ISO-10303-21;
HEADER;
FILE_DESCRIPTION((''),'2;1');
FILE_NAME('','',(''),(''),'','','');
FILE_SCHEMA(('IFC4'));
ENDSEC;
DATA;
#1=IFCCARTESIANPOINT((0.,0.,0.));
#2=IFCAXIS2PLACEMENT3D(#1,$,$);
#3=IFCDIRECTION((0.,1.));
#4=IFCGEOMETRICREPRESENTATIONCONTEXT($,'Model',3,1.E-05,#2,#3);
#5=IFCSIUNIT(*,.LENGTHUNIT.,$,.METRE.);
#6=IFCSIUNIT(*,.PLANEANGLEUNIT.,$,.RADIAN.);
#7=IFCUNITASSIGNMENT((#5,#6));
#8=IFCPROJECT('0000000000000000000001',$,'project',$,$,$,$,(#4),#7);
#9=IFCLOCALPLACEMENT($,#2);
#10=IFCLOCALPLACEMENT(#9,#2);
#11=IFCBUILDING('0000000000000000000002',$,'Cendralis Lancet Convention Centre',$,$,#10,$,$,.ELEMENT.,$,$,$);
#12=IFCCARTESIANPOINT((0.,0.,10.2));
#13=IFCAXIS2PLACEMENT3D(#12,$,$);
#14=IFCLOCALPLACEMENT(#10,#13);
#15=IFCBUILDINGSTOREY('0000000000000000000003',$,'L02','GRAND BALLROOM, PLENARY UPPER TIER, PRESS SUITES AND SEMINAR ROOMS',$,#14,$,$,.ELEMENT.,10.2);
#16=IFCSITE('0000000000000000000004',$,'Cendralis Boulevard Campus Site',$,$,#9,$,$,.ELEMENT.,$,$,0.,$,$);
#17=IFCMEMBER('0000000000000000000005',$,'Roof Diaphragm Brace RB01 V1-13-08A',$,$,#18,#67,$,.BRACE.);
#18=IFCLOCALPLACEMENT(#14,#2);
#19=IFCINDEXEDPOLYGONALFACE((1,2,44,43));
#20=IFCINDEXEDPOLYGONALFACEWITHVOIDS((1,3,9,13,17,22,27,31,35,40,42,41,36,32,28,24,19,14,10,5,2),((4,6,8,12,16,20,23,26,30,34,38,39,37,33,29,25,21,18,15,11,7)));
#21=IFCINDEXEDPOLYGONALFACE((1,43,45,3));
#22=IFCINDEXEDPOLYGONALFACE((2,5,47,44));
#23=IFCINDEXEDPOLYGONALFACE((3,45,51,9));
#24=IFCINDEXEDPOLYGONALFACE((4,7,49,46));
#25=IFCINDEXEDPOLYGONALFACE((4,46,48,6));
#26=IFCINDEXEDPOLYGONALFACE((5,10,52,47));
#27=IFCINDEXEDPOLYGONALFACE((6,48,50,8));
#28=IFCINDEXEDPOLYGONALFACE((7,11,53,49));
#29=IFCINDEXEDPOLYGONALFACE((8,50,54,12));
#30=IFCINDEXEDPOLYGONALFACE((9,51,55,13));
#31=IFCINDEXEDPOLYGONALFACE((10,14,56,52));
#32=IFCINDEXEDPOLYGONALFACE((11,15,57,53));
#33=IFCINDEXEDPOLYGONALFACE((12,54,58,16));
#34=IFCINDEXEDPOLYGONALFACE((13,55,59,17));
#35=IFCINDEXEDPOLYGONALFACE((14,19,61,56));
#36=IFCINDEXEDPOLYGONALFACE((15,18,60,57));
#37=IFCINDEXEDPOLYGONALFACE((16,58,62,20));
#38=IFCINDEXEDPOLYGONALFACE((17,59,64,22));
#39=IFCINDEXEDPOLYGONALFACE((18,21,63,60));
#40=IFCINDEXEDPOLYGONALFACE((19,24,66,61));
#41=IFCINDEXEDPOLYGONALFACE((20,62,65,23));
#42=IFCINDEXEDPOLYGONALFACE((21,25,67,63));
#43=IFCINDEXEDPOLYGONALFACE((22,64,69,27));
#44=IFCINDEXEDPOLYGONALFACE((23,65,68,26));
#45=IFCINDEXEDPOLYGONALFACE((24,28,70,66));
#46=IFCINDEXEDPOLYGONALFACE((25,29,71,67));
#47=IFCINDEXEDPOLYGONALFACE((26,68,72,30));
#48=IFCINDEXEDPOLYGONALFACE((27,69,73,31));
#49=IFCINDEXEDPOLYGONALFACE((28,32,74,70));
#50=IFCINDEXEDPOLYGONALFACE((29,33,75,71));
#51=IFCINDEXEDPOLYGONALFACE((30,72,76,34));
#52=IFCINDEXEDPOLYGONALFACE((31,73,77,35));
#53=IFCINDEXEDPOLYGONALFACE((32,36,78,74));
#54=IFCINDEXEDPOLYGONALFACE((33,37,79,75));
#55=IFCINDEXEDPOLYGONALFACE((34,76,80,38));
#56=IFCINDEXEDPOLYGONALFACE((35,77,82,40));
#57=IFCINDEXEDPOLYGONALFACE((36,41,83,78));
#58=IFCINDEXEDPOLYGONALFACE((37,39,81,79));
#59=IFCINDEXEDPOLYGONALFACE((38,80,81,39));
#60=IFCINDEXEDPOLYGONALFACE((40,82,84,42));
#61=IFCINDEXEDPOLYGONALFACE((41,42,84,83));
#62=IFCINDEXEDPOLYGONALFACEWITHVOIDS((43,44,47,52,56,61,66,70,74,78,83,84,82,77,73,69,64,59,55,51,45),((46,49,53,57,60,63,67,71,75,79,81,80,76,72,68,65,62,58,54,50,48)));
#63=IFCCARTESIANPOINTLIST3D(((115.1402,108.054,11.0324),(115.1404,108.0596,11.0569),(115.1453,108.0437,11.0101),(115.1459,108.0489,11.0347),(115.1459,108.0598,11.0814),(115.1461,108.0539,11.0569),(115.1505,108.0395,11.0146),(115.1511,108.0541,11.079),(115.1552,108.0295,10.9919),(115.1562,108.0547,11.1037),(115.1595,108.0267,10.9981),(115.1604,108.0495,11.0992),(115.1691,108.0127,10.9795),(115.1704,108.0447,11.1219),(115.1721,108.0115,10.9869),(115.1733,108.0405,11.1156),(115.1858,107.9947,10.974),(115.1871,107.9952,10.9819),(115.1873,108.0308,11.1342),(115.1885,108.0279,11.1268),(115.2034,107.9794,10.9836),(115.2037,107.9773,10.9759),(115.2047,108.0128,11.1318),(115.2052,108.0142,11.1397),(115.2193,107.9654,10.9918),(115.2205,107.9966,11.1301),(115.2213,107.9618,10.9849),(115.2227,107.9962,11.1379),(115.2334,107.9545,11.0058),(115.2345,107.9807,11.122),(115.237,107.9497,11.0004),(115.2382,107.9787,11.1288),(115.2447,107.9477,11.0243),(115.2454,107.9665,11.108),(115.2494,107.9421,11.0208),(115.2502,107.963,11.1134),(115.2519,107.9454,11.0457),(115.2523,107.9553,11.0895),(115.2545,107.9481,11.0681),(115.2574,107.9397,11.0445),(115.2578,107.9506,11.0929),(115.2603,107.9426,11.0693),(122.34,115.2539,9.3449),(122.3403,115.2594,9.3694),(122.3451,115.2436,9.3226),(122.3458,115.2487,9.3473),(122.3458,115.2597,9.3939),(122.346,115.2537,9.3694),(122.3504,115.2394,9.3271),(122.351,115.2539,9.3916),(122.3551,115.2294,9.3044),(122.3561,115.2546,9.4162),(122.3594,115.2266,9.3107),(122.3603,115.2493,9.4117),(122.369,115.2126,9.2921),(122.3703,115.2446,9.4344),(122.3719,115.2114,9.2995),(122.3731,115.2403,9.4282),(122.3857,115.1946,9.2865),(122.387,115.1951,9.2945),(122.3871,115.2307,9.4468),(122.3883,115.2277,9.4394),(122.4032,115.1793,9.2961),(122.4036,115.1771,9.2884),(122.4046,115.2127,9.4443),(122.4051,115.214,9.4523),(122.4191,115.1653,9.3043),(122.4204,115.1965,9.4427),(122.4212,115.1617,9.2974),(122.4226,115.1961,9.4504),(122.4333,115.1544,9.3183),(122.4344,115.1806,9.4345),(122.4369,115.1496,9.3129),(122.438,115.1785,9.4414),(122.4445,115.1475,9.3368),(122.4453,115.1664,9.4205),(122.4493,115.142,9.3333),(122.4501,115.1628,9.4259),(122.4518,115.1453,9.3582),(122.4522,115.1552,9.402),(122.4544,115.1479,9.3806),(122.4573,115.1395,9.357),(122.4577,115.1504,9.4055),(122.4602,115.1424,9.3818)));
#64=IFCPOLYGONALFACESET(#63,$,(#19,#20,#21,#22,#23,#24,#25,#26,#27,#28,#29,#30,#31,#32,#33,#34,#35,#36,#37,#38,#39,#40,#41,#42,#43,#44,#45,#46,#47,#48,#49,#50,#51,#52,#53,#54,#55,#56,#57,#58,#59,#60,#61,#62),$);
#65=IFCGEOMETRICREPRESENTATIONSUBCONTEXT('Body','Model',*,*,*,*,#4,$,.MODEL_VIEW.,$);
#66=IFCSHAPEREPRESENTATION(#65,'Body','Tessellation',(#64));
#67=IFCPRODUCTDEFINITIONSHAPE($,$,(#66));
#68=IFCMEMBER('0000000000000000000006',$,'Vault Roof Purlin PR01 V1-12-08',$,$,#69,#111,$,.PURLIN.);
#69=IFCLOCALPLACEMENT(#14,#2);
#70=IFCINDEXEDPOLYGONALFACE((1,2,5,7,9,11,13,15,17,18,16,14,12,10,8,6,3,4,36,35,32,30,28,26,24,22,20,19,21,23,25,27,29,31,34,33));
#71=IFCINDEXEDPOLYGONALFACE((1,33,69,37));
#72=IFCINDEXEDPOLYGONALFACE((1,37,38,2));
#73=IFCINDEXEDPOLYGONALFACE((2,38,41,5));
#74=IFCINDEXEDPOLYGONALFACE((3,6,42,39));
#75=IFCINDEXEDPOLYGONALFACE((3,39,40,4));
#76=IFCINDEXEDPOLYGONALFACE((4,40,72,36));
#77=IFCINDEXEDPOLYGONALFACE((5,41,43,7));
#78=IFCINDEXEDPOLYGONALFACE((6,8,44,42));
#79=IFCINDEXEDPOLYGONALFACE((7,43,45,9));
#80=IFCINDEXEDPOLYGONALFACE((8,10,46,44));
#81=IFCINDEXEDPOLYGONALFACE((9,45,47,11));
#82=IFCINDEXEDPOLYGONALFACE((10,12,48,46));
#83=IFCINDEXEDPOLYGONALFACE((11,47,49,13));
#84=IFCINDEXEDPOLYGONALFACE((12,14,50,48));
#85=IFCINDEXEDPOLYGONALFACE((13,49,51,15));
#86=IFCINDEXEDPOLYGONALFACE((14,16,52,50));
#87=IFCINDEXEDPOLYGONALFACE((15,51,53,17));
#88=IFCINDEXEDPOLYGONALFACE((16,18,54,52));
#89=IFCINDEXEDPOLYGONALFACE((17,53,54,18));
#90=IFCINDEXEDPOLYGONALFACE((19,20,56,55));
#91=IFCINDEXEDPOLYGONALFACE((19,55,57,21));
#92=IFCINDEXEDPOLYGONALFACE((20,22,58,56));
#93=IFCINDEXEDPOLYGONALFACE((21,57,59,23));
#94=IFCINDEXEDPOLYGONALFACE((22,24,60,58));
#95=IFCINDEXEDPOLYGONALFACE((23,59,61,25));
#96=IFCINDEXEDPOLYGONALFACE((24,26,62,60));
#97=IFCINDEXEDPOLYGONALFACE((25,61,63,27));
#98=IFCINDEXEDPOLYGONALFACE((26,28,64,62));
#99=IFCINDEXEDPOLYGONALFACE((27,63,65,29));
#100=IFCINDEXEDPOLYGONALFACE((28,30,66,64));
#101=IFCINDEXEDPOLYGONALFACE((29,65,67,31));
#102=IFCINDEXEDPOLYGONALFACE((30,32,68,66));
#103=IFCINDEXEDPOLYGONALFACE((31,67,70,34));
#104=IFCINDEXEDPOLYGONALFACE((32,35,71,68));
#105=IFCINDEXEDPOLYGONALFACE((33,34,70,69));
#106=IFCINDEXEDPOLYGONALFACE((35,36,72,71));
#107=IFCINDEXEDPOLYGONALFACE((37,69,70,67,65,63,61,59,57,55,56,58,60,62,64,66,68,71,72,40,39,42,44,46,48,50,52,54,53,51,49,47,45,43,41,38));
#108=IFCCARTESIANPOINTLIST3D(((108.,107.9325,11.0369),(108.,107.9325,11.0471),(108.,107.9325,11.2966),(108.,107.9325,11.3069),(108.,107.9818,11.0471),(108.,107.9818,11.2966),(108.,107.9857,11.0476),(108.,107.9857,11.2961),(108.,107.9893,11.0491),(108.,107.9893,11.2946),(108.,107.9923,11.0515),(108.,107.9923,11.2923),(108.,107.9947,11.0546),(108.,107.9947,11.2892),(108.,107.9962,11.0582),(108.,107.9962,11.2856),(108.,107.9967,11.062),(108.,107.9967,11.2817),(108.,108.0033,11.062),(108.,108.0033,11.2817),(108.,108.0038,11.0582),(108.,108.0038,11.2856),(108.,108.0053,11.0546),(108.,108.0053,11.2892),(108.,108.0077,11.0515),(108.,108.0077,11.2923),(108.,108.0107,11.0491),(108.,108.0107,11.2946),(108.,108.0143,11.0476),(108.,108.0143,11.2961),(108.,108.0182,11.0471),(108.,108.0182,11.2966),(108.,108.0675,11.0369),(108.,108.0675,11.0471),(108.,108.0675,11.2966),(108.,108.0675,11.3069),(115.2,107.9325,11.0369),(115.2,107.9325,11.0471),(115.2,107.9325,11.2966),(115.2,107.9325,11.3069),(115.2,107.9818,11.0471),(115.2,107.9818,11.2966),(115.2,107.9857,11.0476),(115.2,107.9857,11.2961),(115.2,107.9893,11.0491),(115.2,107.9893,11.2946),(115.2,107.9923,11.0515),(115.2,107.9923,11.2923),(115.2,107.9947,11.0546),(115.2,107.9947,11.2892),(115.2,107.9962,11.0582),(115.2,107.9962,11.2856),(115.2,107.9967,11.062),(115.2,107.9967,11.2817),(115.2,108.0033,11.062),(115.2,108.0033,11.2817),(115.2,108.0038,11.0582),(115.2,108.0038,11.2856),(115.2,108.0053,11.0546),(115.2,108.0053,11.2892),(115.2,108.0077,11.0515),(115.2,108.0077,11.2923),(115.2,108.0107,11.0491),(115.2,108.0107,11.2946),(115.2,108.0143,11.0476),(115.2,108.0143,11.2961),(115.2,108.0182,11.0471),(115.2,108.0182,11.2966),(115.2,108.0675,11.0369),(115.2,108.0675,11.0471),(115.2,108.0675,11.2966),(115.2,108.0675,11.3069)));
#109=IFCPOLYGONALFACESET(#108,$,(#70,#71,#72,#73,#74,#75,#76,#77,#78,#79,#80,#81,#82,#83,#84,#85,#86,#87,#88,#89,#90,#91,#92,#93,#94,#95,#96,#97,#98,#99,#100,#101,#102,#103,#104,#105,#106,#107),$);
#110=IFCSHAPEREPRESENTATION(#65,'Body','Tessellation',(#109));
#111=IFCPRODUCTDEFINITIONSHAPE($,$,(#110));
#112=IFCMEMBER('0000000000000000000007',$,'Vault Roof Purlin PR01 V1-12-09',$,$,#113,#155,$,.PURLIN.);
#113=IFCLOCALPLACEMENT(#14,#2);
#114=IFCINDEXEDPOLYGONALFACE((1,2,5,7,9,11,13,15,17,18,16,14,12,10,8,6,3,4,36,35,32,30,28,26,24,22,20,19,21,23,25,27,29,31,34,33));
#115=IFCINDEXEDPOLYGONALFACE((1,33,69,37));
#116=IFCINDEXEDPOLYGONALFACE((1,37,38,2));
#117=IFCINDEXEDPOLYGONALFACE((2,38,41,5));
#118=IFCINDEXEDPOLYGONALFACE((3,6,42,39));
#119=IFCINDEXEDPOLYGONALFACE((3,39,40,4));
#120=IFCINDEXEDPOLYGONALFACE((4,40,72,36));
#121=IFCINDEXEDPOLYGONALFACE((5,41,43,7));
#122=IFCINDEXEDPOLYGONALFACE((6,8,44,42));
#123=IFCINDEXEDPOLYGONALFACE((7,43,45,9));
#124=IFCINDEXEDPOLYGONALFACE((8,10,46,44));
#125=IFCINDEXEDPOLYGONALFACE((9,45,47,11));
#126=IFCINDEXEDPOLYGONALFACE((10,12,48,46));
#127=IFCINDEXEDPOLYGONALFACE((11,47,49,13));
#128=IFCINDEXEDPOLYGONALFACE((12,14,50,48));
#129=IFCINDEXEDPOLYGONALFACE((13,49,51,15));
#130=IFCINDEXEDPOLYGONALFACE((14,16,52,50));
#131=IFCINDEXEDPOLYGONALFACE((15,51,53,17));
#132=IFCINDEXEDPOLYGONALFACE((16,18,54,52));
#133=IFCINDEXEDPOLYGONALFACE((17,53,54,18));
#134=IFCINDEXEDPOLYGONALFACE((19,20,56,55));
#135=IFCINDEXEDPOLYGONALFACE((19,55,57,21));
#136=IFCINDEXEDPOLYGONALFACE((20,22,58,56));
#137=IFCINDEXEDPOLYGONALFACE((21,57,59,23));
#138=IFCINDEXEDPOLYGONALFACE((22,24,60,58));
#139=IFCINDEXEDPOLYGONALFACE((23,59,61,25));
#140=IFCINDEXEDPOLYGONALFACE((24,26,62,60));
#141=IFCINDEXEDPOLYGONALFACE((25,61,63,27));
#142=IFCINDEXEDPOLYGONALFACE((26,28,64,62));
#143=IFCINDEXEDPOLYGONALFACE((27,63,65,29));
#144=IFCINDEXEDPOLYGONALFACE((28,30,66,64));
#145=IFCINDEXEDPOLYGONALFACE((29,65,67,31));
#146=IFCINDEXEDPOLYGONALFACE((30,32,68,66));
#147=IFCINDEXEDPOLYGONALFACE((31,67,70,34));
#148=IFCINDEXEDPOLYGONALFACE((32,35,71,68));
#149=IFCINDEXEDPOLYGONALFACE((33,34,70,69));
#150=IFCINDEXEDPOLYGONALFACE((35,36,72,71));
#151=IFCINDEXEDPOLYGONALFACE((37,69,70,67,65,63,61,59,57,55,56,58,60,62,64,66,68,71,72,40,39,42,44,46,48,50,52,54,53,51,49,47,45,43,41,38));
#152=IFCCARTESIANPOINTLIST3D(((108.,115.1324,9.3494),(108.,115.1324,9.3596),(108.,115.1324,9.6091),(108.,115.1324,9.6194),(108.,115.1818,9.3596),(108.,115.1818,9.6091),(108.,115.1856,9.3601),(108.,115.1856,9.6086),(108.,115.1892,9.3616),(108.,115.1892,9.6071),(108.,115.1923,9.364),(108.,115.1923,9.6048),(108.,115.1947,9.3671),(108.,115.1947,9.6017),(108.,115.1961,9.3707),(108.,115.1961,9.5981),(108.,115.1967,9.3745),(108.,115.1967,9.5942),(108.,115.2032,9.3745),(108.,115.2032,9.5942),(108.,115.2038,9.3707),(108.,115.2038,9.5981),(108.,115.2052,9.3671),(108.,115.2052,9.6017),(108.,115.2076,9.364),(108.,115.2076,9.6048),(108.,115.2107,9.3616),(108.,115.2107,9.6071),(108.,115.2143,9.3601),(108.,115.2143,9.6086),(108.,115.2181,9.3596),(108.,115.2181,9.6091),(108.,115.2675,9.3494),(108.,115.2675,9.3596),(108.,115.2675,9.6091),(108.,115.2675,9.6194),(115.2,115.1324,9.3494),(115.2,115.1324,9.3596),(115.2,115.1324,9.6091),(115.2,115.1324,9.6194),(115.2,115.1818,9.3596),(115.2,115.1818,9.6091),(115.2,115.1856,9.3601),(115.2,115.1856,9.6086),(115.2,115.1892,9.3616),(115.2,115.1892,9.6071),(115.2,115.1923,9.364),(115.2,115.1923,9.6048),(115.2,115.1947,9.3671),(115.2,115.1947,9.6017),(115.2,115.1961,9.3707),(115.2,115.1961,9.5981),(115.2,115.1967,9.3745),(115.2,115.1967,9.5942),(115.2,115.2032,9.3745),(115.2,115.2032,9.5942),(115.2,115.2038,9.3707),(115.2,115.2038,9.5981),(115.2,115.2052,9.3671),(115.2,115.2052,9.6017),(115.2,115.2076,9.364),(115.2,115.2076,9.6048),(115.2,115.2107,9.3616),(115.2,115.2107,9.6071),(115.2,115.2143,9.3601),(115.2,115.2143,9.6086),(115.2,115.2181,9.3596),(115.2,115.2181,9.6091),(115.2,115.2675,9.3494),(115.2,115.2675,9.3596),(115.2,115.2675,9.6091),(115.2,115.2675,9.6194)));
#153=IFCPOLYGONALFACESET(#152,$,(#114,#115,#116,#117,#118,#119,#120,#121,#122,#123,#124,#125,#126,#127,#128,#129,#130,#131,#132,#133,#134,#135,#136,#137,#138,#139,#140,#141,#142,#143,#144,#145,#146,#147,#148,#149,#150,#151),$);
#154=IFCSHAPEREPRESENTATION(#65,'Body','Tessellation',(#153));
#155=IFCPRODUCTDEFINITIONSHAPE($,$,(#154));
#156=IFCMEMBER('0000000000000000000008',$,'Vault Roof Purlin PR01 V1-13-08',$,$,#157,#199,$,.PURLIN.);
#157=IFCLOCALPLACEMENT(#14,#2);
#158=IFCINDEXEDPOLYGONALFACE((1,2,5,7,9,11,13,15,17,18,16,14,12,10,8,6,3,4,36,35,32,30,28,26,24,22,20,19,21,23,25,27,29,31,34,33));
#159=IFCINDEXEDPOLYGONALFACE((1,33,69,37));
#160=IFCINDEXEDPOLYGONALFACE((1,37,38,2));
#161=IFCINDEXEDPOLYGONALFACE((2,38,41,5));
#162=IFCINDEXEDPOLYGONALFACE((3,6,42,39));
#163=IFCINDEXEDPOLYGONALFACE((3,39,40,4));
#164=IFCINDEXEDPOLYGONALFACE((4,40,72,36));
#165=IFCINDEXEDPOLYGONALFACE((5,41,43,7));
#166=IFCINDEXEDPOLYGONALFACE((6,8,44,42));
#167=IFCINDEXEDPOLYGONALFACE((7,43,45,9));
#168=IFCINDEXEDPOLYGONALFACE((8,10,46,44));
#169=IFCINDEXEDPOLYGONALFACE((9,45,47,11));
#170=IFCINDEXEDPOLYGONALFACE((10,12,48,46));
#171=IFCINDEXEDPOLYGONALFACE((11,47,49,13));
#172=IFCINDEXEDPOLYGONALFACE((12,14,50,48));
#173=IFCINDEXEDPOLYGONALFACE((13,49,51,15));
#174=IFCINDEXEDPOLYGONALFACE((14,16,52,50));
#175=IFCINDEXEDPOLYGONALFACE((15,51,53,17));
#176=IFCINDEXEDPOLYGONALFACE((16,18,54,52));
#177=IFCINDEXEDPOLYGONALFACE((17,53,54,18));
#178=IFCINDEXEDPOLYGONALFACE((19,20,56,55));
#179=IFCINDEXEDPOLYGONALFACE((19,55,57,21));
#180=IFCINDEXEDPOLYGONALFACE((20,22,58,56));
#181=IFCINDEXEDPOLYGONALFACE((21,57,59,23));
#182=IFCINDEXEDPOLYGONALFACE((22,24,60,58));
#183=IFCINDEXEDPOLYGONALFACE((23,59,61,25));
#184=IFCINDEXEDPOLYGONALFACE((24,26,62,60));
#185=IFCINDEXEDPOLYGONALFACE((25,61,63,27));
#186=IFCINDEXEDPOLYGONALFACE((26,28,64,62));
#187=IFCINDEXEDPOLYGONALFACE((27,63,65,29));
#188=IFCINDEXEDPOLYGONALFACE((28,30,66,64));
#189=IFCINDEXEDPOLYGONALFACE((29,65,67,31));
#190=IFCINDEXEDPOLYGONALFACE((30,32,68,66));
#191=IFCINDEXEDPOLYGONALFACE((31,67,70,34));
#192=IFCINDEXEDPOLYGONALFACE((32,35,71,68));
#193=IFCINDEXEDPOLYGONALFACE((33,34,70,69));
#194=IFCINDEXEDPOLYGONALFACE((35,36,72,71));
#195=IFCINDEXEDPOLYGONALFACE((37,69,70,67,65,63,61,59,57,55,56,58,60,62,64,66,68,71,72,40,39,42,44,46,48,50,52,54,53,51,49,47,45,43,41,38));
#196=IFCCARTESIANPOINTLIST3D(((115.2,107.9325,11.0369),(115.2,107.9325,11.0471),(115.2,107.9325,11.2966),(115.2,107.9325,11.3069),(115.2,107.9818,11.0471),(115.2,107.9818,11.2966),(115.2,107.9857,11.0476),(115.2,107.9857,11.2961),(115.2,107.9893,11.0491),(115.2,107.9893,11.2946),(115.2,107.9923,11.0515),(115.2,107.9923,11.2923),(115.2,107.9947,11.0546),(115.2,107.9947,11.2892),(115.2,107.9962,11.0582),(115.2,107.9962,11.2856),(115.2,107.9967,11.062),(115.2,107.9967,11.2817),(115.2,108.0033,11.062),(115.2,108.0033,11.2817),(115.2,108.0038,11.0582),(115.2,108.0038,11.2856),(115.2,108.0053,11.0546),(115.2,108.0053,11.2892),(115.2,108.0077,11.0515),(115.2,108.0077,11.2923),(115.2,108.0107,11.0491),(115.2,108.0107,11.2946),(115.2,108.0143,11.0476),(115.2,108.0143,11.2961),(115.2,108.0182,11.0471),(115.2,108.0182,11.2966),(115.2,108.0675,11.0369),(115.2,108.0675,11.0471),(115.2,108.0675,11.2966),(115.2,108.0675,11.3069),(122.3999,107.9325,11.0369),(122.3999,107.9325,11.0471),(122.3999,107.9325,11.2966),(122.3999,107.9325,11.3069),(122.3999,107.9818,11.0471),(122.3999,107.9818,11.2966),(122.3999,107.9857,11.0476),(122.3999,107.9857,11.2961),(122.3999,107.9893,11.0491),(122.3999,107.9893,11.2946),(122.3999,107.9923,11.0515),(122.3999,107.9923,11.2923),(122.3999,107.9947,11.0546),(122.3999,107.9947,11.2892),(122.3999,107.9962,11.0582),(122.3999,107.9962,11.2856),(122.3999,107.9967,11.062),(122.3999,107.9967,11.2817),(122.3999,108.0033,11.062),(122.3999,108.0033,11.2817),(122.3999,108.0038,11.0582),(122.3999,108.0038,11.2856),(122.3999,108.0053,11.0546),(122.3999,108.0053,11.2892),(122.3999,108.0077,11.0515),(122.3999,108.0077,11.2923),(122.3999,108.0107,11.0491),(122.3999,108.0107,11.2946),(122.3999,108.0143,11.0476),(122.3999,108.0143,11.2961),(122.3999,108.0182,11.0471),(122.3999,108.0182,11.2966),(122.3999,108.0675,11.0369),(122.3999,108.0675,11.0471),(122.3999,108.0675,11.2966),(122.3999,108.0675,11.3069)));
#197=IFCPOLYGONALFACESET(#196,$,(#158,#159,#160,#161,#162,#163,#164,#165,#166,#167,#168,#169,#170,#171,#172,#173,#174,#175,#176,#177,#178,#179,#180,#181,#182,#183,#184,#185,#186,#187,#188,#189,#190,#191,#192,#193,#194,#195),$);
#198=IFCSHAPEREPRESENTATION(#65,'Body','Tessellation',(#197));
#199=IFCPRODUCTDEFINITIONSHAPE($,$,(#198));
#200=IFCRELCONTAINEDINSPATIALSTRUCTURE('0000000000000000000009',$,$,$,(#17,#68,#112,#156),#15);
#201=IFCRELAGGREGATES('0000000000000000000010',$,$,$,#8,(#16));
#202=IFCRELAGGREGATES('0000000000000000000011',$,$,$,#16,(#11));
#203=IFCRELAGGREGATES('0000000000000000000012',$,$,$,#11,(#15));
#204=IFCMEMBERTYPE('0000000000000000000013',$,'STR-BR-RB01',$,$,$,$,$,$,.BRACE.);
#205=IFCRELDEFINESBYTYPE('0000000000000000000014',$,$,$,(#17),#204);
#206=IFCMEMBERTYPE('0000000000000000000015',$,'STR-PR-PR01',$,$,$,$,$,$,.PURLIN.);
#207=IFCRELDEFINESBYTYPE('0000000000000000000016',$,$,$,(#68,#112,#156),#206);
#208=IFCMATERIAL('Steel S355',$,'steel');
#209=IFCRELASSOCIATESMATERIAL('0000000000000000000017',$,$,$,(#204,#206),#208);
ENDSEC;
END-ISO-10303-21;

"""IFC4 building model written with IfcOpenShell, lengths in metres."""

from ifc_helpers import new_model, si_unit, direction, frame, origin, origin_2d, place, context, subcontext, project, spatial, hollow_circle, i_section, extrude, material, material_profile, profile_set, type_object, element, save


model = new_model("IFC4")

# Units and contexts
model_context = context("Model", 3, precision=1e-05, world=origin(), true_north=direction((0.0, 1.0)))
body_context = subcontext(model_context, "Body", "Model", "MODEL_VIEW")
ifc_project = project(units=[si_unit("LENGTHUNIT", "METRE"), si_unit("PLANEANGLEUNIT", "RADIAN")], contexts=[model_context])

# Site, building, storey
site_placement = place(None, origin())
site = spatial("IfcSite", under=ifc_project, at=site_placement, Name="Cendralis Boulevard Campus Site", CompositionType="ELEMENT", RefElevation=0.0)
building_placement = place(site_placement, origin())
building = spatial("IfcBuilding", under=site, at=building_placement, Name="Cendralis Lancet Convention Centre", CompositionType="ELEMENT")
storey_placement = place(building_placement, frame((0.0, 0.0, 10.2)))
storey = spatial("IfcBuildingStorey", under=building, at=storey_placement, Name="L02", Description="GRAND BALLROOM, PLENARY UPPER TIER, PRESS SUITES AND SEMINAR ROOMS", CompositionType="ELEMENT", Elevation=10.2)

# Members
ifc_material = material(Name="Steel S355", Category="steel")
ifc_material_profile_1 = material_profile(ifc_material, hollow_circle(Radius=0.0842, WallThickness=0.0081, at=origin_2d()), Name="CHS 168.3x8.0")
ifc_profile_set_1 = profile_set([ifc_material_profile_1], Name="Steel S355")
member_type_1 = type_object("IfcMemberType", Name="STR-BR-RB01", PredefinedType="BRACE", material=ifc_profile_set_1)
member_1_placement = place(storey_placement, frame((115.2, 108.0, 11.0569), z_axis=(0.697592, 0.697592, -0.163499), x_axis=(-0.707107, 0.707107, 0.0)))
element("IfcMember", 1, at=member_1_placement, inside=storey, type_object=member_type_1, Name="Roof Diaphragm Brace RB01 V1-13-08A", PredefinedType="BRACE", context=body_context, shape_type="SweptSolid", body=[
    extrude(hollow_circle(Radius=0.0842, WallThickness=0.0081, at=origin_2d()), origin(), (0.0, 0.0, 1.0), 10.321),
])
ifc_material_profile_2 = material_profile(ifc_material, i_section(OverallWidth=0.135, OverallDepth=0.27, WebThickness=0.0066, FlangeThickness=0.0103, FilletRadius=0.0149, at=origin_2d()), Name="IPE 270")
ifc_profile_set_2 = profile_set([ifc_material_profile_2], Name="Steel S355")
member_type_2 = type_object("IfcMemberType", Name="STR-PR-PR01", PredefinedType="PURLIN", material=ifc_profile_set_2)
for number, where, z_axis, x_axis, name in (
    (2, (108.0, 108.0, 11.1719), (1.0, 0.0, 0.0), (0.0, 1.0, 0.0), "Vault Roof Purlin PR01 V1-12-08"),
    (3, (108.0, 115.2, 9.4844), (1.0, 0.0, 0.0), (0.0, 1.0, 0.0), "Vault Roof Purlin PR01 V1-12-09"),
    (4, (115.2, 108.0, 11.1719), (1.0, 0.0, 0.0), (0.0, 1.0, 0.0), "Vault Roof Purlin PR01 V1-13-08"),
):
    element("IfcMember", number, at=place(storey_placement, frame(where, z_axis=z_axis, x_axis=x_axis)), inside=storey, type_object=member_type_2, Name=name, PredefinedType="PURLIN", context=body_context, shape_type="SweptSolid", body=[
        extrude(i_section(OverallWidth=0.135, OverallDepth=0.27, WebThickness=0.0066, FlangeThickness=0.0103, FilletRadius=0.0149, at=origin_2d()), origin(), (0.0, 0.0, 1.0), 7.2),
    ])

save(model, "model.ifc")
